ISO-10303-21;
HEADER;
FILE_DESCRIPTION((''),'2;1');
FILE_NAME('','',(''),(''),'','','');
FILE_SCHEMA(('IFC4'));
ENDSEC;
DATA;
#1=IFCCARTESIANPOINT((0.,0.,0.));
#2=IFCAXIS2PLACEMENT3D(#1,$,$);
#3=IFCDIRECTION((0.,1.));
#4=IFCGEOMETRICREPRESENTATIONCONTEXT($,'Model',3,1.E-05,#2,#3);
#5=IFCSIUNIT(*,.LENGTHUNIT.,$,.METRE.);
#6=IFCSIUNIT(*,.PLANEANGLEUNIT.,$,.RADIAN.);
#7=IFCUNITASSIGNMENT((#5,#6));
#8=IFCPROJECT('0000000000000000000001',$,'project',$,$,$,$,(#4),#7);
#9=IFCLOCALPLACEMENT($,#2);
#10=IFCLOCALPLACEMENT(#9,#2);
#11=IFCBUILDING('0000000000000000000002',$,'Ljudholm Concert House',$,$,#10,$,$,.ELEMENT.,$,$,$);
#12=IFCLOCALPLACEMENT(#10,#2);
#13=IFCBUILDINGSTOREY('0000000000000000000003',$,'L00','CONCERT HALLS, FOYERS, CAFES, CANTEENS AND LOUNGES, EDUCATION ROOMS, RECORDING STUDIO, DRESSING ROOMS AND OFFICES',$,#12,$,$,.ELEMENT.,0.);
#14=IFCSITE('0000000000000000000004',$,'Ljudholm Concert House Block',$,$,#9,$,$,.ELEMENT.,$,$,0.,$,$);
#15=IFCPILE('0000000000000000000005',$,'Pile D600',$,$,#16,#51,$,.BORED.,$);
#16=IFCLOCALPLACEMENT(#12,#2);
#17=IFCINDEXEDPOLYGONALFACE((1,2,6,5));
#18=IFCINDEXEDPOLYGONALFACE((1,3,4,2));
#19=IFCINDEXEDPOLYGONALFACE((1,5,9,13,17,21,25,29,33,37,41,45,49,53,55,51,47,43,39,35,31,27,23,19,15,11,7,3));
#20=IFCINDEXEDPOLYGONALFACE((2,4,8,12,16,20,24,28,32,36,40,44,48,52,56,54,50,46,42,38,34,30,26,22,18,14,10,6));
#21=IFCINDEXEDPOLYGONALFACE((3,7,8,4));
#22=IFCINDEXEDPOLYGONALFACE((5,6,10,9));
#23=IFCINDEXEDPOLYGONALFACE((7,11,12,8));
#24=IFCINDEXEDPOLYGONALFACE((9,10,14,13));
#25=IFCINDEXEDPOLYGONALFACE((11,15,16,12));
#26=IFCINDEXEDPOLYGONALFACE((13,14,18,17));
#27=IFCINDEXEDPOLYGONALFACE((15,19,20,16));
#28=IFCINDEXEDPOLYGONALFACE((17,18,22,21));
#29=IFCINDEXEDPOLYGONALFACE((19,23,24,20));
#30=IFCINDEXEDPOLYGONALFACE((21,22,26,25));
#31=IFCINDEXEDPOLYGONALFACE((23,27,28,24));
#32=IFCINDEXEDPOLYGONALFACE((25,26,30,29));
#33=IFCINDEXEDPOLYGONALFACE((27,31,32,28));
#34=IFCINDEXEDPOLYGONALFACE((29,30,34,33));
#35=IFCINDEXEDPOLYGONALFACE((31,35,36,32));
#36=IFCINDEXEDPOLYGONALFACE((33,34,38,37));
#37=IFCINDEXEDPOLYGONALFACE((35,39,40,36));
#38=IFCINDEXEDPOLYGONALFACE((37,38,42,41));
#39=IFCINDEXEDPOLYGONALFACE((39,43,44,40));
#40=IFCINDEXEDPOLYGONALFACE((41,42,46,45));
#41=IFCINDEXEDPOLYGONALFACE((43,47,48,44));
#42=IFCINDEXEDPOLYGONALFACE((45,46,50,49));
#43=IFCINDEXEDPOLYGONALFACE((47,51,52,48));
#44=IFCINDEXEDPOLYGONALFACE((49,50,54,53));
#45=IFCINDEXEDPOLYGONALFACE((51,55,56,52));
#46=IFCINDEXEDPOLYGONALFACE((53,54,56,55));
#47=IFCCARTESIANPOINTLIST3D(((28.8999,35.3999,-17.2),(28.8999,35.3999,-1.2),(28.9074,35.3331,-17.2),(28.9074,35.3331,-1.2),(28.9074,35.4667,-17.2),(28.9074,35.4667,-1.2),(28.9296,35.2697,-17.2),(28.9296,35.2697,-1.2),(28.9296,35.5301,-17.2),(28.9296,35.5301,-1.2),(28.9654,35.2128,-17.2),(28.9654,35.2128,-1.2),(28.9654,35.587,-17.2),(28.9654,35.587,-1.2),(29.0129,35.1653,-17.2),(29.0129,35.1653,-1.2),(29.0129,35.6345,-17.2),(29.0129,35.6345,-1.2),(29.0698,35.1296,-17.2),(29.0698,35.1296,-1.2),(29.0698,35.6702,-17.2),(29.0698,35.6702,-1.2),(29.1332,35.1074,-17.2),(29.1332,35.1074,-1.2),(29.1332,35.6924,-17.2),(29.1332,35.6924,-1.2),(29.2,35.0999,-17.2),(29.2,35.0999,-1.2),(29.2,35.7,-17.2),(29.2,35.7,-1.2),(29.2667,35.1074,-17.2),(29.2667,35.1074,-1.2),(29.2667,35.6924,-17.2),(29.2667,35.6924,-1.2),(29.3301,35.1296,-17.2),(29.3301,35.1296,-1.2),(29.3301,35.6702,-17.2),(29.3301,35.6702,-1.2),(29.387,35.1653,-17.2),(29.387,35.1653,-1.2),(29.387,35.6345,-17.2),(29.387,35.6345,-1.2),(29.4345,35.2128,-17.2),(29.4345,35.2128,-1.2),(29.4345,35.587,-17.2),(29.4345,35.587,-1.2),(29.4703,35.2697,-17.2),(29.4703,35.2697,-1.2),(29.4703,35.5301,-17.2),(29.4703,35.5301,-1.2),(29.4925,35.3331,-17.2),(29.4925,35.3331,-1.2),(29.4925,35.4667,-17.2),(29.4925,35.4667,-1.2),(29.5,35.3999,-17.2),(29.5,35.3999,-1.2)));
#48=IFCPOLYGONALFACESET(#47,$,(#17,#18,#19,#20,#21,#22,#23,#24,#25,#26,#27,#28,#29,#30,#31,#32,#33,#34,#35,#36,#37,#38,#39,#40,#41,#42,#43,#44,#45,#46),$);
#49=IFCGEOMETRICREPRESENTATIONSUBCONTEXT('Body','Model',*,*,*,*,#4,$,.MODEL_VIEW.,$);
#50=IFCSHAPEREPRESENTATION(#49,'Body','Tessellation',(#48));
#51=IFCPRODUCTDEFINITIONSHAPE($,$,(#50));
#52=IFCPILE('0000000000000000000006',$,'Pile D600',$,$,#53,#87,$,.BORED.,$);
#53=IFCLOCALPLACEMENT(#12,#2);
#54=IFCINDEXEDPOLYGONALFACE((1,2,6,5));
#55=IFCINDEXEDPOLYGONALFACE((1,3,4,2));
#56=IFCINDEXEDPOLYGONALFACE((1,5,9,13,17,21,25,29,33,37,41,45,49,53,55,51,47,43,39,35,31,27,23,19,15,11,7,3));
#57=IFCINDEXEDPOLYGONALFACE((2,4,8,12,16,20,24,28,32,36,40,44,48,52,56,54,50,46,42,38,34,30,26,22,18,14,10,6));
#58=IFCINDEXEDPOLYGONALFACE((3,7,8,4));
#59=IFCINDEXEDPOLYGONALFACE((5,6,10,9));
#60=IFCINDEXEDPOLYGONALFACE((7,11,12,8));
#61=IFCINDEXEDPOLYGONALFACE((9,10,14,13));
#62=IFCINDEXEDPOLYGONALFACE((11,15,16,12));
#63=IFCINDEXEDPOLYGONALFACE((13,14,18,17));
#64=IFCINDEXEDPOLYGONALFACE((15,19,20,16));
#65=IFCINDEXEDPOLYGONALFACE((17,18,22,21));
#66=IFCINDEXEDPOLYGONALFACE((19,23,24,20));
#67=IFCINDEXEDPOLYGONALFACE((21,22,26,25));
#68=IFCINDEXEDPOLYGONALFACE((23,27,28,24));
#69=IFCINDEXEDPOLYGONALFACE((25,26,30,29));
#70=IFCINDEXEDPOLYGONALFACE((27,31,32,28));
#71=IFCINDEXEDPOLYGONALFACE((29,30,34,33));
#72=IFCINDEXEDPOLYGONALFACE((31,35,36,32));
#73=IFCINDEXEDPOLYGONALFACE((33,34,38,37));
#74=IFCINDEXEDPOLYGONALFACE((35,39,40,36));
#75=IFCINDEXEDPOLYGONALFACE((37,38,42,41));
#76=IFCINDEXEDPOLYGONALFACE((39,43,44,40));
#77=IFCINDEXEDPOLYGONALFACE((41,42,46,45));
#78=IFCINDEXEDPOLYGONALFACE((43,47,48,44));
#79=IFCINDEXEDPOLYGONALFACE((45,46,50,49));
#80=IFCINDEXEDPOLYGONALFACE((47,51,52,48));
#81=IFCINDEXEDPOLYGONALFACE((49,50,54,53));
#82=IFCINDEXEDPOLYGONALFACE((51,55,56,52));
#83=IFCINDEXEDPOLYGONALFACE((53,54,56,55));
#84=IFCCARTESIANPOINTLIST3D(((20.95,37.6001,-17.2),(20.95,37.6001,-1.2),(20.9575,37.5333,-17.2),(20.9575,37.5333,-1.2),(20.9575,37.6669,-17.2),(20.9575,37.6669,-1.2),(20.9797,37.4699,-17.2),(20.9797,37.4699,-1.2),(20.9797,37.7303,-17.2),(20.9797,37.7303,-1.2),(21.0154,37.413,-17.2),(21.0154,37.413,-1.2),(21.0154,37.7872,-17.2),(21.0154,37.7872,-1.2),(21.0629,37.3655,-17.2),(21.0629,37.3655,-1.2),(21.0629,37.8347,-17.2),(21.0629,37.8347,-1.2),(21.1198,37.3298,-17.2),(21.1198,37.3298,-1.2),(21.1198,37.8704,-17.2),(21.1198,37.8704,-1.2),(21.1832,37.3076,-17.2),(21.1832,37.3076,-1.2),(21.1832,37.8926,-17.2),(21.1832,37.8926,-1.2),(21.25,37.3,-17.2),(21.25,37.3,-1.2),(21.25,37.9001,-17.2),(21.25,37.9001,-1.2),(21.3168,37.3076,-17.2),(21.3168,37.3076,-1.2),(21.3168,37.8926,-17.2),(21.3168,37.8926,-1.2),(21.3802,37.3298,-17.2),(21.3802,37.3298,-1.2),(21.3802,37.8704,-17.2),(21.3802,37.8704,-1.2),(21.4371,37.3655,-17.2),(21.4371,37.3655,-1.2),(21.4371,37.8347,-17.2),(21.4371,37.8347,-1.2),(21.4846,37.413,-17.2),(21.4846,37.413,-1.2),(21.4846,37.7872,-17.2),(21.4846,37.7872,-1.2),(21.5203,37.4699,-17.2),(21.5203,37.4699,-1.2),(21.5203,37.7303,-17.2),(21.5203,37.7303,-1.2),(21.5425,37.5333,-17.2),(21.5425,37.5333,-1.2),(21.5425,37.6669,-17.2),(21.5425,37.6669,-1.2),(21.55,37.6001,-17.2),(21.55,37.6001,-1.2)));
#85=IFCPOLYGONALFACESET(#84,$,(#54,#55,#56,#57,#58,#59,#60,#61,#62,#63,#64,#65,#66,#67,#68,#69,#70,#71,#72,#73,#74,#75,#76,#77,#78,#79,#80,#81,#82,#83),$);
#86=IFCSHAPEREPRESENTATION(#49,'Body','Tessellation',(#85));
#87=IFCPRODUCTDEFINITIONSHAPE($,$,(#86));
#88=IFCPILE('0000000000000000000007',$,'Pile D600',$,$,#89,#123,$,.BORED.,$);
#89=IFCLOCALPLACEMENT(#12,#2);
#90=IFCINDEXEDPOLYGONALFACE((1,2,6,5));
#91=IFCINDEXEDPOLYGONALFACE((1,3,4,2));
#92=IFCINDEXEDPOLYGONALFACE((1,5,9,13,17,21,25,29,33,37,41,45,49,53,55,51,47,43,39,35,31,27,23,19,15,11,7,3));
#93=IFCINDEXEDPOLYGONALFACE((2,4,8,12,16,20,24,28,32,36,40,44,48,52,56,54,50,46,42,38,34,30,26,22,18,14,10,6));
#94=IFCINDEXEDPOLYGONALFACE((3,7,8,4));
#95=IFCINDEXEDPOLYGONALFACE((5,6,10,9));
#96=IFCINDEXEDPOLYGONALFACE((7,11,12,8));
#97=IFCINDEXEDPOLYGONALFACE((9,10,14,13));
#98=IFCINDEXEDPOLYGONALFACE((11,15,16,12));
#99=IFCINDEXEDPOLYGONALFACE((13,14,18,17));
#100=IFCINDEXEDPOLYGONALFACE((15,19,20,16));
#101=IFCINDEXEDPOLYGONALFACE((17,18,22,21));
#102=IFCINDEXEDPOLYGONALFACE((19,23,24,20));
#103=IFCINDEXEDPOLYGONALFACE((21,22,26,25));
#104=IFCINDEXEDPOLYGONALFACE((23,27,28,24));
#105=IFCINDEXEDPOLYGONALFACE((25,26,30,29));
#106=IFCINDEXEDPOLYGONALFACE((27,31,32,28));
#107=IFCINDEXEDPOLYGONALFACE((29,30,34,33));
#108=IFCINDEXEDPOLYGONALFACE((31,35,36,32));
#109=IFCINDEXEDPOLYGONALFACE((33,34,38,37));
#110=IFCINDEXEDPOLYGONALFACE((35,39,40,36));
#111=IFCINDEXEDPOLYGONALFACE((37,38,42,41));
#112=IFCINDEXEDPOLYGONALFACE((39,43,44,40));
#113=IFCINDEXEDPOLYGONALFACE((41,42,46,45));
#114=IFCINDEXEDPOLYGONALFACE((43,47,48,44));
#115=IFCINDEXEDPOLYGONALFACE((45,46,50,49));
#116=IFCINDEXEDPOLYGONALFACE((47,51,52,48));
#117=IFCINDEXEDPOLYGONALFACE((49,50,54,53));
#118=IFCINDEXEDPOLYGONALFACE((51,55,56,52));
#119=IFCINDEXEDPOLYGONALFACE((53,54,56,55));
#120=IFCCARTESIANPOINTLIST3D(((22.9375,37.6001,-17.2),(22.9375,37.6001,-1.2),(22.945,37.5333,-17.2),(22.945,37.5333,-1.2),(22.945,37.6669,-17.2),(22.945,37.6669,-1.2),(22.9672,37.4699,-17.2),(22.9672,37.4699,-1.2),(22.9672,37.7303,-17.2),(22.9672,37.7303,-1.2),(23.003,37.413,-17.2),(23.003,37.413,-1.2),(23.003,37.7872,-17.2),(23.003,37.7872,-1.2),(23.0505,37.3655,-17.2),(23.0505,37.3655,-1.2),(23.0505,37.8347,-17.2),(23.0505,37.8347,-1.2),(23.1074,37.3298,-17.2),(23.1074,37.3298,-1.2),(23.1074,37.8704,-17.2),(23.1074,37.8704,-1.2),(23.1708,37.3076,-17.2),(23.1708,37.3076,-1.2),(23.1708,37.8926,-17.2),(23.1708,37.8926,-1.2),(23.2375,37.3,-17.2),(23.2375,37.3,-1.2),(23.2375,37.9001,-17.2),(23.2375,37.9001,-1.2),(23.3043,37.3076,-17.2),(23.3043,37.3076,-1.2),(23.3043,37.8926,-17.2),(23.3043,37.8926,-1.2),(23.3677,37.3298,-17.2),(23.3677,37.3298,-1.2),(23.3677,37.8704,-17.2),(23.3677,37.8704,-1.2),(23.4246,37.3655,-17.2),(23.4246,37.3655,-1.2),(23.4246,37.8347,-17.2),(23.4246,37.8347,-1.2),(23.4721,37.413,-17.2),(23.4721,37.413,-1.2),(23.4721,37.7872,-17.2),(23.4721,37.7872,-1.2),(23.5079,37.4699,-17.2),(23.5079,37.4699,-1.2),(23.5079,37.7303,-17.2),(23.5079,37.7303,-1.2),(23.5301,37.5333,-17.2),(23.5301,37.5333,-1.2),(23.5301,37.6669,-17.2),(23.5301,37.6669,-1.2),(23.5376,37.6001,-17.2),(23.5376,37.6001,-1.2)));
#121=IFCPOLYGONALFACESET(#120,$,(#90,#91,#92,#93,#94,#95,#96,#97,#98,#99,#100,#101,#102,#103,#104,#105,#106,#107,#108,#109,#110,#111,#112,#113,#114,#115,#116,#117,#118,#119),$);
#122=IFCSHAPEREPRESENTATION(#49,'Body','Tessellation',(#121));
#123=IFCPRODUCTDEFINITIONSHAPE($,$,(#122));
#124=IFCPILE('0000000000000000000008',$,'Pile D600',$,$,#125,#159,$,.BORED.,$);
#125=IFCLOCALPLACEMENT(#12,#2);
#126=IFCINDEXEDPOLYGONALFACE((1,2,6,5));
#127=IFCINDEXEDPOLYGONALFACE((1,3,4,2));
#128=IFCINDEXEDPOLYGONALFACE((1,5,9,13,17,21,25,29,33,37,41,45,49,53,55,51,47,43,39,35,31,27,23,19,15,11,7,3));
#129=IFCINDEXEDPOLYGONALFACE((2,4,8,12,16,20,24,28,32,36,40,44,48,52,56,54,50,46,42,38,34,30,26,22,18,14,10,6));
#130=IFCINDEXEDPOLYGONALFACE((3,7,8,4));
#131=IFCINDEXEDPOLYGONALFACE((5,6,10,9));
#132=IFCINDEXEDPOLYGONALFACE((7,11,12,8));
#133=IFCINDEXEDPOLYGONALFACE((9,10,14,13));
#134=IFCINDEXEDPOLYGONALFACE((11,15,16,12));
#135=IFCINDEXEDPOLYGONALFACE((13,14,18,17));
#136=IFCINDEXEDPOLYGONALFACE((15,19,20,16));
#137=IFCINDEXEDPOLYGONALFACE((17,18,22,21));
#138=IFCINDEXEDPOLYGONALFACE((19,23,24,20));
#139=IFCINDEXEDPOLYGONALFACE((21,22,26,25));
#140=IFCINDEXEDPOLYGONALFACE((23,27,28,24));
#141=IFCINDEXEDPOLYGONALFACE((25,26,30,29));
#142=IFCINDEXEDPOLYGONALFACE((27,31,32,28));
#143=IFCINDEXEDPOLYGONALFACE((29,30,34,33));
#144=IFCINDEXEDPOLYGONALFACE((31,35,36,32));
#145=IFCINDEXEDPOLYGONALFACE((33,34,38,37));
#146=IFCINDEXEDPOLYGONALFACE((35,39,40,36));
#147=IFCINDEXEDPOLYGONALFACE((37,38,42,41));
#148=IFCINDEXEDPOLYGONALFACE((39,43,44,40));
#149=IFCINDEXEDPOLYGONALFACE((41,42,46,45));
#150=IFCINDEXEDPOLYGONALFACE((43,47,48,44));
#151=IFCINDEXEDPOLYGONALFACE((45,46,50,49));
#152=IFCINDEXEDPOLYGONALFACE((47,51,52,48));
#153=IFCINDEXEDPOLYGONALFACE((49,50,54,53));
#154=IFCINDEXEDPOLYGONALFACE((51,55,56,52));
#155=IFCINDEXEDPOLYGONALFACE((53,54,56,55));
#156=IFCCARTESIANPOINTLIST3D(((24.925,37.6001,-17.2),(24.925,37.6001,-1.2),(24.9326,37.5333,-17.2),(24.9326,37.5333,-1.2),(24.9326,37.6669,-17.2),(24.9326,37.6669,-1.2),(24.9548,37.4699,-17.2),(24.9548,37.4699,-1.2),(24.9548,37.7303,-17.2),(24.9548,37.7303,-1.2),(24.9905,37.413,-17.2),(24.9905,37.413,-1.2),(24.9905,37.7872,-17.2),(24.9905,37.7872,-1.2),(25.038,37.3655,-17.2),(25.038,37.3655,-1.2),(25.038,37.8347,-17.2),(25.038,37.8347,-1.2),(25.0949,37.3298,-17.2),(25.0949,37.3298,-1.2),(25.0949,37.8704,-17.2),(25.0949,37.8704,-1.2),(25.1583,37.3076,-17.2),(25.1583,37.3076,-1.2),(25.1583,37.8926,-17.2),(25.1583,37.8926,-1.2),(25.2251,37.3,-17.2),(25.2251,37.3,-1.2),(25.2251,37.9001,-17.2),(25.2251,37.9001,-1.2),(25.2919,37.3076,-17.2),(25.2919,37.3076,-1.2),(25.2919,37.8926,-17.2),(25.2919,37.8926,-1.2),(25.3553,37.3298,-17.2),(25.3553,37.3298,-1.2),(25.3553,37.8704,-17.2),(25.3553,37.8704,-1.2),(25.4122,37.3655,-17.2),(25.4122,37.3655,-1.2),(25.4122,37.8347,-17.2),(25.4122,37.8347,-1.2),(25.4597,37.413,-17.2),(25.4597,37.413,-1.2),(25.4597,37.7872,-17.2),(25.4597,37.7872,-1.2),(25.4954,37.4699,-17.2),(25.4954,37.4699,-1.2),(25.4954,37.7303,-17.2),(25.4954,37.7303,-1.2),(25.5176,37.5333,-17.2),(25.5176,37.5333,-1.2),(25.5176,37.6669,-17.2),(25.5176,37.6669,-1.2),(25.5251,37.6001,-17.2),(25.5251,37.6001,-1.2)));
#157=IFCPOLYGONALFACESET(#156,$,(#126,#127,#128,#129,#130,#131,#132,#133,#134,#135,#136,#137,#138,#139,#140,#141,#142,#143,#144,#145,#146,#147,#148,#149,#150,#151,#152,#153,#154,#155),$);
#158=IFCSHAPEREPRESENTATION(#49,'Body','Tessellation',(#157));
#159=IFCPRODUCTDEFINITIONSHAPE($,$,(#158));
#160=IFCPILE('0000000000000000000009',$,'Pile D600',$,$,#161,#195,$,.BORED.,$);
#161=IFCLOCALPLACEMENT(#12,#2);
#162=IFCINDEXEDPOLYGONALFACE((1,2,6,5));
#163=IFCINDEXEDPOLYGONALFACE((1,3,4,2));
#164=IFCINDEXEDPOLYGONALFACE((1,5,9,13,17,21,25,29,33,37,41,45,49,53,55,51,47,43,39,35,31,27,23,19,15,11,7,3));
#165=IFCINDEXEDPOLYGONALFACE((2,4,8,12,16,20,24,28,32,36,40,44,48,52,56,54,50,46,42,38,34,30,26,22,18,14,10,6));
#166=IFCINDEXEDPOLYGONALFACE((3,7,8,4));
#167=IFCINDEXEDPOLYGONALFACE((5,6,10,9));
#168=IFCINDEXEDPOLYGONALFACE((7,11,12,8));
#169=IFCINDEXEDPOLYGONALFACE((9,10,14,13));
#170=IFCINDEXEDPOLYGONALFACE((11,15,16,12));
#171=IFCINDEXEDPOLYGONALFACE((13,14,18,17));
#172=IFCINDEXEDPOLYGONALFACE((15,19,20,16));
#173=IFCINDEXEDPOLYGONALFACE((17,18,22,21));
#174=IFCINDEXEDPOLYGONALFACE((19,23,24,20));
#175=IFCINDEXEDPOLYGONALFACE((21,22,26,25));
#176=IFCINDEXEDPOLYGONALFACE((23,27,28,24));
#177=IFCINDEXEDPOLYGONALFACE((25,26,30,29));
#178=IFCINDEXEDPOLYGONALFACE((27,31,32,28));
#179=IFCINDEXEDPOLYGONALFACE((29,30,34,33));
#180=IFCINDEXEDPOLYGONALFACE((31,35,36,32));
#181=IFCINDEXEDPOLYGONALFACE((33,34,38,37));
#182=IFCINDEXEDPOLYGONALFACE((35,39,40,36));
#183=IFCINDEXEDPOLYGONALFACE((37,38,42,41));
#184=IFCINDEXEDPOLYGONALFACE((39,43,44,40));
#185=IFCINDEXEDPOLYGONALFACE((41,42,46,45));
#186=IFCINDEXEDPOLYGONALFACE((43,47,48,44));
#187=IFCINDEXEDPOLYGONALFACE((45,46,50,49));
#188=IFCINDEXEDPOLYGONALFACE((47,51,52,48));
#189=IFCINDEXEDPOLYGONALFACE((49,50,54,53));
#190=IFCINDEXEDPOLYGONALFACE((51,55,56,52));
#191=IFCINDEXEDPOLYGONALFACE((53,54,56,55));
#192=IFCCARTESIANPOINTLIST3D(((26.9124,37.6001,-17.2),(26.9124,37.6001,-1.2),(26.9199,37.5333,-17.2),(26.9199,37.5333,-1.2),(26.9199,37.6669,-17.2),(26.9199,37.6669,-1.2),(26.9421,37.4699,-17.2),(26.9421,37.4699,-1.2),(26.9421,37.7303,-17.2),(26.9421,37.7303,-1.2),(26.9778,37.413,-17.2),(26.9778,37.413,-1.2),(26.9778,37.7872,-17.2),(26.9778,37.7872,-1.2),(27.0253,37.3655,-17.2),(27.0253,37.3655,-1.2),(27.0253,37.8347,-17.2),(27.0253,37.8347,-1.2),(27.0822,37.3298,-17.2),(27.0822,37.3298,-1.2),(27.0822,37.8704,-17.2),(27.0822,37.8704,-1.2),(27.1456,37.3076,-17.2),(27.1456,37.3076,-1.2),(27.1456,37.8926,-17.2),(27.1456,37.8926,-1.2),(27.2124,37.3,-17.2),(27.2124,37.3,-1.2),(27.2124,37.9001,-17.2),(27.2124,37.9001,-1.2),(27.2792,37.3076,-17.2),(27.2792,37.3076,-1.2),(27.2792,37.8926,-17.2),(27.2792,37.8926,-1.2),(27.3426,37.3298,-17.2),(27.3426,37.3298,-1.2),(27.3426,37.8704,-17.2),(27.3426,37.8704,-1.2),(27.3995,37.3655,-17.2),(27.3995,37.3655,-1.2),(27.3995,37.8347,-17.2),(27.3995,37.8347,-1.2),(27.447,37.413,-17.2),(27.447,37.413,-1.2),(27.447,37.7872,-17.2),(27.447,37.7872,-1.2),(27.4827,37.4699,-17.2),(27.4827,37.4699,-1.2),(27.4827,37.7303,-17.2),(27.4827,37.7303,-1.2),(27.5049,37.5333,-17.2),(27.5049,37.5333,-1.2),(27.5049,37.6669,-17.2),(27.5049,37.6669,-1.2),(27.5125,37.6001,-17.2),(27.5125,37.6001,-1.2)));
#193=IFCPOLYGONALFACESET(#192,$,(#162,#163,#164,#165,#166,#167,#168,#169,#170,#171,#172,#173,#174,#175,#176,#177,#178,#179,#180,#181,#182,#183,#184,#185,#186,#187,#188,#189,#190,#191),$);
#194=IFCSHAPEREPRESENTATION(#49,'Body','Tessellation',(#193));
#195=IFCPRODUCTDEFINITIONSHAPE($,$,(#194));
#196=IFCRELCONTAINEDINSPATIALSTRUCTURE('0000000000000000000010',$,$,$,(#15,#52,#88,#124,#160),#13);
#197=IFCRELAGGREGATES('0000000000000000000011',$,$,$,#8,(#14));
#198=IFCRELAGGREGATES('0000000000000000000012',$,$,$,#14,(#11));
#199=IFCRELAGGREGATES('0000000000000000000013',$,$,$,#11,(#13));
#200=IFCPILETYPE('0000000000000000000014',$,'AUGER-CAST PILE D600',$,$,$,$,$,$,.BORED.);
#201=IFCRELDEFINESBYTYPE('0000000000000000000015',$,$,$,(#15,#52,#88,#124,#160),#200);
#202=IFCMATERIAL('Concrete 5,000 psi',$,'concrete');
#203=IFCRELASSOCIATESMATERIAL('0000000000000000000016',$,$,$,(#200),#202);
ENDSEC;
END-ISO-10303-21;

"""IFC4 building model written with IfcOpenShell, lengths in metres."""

from ifc_helpers import new_model, si_unit, direction, frame, origin, origin_2d, place, context, subcontext, project, spatial, circle, extrude, material, material_profile, profile_set, type_object, element, save


model = new_model("IFC4")

# Units and contexts
model_context = context("Model", 3, precision=1e-05, world=origin(), true_north=direction((0.0, 1.0)))
body_context = subcontext(model_context, "Body", "Model", "MODEL_VIEW")
ifc_project = project(units=[si_unit("LENGTHUNIT", "METRE"), si_unit("PLANEANGLEUNIT", "RADIAN")], contexts=[model_context])

# Site, building, storey
site_placement = place(None, origin())
site = spatial("IfcSite", under=ifc_project, at=site_placement, Name="Ljudholm Concert House Block", CompositionType="ELEMENT", RefElevation=0.0)
building_placement = place(site_placement, origin())
building = spatial("IfcBuilding", under=site, at=building_placement, Name="Ljudholm Concert House", CompositionType="ELEMENT")
storey_placement = place(building_placement, origin())
storey = spatial("IfcBuildingStorey", under=building, at=storey_placement, Name="L00", Description="CONCERT HALLS, FOYERS, CAFES, CANTEENS AND LOUNGES, EDUCATION ROOMS, RECORDING STUDIO, DRESSING ROOMS AND OFFICES", CompositionType="ELEMENT", Elevation=0.0)

# Piles
ifc_material_1 = material(Name="Concrete 5,000 psi", Category="concrete")
ifc_material_profile_1 = material_profile(ifc_material_1, circle(Radius=0.3, at=origin_2d()), Name="AUGER-CAST PILE D600")
ifc_profile_set_1 = profile_set([ifc_material_profile_1], Name="Concrete 5,000 psi")
pile_type = type_object("IfcPileType", Name="AUGER-CAST PILE D600", PredefinedType="BORED", material=ifc_profile_set_1)
for number, where, z_axis, x_axis, name in (
    (1, (29.2, 35.3999, -1.2), (0.0, 0.0, -1.0), (1.0, 0.0, 0.0), "Pile D600"),
    (2, (21.25, 37.6001, -1.2), (0.0, 0.0, -1.0), (1.0, 0.0, 0.0), "Pile D600"),
    (3, (23.2375, 37.6001, -1.2), (0.0, 0.0, -1.0), (1.0, 0.0, 0.0), "Pile D600"),
    (4, (25.2251, 37.6001, -1.2), (0.0, 0.0, -1.0), (1.0, 0.0, 0.0), "Pile D600"),
    (5, (27.2124, 37.6001, -1.2), (0.0, 0.0, -1.0), (1.0, 0.0, 0.0), "Pile D600"),
):
    element("IfcPile", number, at=place(storey_placement, frame(where, z_axis=z_axis, x_axis=x_axis)), inside=storey, type_object=pile_type, Name=name, PredefinedType="BORED", context=body_context, shape_type="SweptSolid", body=[
        extrude(circle(Radius=0.3, at=origin_2d()), origin(), (0.0, 0.0, 1.0), 16.0),
    ])

save(model, "model.ifc")
